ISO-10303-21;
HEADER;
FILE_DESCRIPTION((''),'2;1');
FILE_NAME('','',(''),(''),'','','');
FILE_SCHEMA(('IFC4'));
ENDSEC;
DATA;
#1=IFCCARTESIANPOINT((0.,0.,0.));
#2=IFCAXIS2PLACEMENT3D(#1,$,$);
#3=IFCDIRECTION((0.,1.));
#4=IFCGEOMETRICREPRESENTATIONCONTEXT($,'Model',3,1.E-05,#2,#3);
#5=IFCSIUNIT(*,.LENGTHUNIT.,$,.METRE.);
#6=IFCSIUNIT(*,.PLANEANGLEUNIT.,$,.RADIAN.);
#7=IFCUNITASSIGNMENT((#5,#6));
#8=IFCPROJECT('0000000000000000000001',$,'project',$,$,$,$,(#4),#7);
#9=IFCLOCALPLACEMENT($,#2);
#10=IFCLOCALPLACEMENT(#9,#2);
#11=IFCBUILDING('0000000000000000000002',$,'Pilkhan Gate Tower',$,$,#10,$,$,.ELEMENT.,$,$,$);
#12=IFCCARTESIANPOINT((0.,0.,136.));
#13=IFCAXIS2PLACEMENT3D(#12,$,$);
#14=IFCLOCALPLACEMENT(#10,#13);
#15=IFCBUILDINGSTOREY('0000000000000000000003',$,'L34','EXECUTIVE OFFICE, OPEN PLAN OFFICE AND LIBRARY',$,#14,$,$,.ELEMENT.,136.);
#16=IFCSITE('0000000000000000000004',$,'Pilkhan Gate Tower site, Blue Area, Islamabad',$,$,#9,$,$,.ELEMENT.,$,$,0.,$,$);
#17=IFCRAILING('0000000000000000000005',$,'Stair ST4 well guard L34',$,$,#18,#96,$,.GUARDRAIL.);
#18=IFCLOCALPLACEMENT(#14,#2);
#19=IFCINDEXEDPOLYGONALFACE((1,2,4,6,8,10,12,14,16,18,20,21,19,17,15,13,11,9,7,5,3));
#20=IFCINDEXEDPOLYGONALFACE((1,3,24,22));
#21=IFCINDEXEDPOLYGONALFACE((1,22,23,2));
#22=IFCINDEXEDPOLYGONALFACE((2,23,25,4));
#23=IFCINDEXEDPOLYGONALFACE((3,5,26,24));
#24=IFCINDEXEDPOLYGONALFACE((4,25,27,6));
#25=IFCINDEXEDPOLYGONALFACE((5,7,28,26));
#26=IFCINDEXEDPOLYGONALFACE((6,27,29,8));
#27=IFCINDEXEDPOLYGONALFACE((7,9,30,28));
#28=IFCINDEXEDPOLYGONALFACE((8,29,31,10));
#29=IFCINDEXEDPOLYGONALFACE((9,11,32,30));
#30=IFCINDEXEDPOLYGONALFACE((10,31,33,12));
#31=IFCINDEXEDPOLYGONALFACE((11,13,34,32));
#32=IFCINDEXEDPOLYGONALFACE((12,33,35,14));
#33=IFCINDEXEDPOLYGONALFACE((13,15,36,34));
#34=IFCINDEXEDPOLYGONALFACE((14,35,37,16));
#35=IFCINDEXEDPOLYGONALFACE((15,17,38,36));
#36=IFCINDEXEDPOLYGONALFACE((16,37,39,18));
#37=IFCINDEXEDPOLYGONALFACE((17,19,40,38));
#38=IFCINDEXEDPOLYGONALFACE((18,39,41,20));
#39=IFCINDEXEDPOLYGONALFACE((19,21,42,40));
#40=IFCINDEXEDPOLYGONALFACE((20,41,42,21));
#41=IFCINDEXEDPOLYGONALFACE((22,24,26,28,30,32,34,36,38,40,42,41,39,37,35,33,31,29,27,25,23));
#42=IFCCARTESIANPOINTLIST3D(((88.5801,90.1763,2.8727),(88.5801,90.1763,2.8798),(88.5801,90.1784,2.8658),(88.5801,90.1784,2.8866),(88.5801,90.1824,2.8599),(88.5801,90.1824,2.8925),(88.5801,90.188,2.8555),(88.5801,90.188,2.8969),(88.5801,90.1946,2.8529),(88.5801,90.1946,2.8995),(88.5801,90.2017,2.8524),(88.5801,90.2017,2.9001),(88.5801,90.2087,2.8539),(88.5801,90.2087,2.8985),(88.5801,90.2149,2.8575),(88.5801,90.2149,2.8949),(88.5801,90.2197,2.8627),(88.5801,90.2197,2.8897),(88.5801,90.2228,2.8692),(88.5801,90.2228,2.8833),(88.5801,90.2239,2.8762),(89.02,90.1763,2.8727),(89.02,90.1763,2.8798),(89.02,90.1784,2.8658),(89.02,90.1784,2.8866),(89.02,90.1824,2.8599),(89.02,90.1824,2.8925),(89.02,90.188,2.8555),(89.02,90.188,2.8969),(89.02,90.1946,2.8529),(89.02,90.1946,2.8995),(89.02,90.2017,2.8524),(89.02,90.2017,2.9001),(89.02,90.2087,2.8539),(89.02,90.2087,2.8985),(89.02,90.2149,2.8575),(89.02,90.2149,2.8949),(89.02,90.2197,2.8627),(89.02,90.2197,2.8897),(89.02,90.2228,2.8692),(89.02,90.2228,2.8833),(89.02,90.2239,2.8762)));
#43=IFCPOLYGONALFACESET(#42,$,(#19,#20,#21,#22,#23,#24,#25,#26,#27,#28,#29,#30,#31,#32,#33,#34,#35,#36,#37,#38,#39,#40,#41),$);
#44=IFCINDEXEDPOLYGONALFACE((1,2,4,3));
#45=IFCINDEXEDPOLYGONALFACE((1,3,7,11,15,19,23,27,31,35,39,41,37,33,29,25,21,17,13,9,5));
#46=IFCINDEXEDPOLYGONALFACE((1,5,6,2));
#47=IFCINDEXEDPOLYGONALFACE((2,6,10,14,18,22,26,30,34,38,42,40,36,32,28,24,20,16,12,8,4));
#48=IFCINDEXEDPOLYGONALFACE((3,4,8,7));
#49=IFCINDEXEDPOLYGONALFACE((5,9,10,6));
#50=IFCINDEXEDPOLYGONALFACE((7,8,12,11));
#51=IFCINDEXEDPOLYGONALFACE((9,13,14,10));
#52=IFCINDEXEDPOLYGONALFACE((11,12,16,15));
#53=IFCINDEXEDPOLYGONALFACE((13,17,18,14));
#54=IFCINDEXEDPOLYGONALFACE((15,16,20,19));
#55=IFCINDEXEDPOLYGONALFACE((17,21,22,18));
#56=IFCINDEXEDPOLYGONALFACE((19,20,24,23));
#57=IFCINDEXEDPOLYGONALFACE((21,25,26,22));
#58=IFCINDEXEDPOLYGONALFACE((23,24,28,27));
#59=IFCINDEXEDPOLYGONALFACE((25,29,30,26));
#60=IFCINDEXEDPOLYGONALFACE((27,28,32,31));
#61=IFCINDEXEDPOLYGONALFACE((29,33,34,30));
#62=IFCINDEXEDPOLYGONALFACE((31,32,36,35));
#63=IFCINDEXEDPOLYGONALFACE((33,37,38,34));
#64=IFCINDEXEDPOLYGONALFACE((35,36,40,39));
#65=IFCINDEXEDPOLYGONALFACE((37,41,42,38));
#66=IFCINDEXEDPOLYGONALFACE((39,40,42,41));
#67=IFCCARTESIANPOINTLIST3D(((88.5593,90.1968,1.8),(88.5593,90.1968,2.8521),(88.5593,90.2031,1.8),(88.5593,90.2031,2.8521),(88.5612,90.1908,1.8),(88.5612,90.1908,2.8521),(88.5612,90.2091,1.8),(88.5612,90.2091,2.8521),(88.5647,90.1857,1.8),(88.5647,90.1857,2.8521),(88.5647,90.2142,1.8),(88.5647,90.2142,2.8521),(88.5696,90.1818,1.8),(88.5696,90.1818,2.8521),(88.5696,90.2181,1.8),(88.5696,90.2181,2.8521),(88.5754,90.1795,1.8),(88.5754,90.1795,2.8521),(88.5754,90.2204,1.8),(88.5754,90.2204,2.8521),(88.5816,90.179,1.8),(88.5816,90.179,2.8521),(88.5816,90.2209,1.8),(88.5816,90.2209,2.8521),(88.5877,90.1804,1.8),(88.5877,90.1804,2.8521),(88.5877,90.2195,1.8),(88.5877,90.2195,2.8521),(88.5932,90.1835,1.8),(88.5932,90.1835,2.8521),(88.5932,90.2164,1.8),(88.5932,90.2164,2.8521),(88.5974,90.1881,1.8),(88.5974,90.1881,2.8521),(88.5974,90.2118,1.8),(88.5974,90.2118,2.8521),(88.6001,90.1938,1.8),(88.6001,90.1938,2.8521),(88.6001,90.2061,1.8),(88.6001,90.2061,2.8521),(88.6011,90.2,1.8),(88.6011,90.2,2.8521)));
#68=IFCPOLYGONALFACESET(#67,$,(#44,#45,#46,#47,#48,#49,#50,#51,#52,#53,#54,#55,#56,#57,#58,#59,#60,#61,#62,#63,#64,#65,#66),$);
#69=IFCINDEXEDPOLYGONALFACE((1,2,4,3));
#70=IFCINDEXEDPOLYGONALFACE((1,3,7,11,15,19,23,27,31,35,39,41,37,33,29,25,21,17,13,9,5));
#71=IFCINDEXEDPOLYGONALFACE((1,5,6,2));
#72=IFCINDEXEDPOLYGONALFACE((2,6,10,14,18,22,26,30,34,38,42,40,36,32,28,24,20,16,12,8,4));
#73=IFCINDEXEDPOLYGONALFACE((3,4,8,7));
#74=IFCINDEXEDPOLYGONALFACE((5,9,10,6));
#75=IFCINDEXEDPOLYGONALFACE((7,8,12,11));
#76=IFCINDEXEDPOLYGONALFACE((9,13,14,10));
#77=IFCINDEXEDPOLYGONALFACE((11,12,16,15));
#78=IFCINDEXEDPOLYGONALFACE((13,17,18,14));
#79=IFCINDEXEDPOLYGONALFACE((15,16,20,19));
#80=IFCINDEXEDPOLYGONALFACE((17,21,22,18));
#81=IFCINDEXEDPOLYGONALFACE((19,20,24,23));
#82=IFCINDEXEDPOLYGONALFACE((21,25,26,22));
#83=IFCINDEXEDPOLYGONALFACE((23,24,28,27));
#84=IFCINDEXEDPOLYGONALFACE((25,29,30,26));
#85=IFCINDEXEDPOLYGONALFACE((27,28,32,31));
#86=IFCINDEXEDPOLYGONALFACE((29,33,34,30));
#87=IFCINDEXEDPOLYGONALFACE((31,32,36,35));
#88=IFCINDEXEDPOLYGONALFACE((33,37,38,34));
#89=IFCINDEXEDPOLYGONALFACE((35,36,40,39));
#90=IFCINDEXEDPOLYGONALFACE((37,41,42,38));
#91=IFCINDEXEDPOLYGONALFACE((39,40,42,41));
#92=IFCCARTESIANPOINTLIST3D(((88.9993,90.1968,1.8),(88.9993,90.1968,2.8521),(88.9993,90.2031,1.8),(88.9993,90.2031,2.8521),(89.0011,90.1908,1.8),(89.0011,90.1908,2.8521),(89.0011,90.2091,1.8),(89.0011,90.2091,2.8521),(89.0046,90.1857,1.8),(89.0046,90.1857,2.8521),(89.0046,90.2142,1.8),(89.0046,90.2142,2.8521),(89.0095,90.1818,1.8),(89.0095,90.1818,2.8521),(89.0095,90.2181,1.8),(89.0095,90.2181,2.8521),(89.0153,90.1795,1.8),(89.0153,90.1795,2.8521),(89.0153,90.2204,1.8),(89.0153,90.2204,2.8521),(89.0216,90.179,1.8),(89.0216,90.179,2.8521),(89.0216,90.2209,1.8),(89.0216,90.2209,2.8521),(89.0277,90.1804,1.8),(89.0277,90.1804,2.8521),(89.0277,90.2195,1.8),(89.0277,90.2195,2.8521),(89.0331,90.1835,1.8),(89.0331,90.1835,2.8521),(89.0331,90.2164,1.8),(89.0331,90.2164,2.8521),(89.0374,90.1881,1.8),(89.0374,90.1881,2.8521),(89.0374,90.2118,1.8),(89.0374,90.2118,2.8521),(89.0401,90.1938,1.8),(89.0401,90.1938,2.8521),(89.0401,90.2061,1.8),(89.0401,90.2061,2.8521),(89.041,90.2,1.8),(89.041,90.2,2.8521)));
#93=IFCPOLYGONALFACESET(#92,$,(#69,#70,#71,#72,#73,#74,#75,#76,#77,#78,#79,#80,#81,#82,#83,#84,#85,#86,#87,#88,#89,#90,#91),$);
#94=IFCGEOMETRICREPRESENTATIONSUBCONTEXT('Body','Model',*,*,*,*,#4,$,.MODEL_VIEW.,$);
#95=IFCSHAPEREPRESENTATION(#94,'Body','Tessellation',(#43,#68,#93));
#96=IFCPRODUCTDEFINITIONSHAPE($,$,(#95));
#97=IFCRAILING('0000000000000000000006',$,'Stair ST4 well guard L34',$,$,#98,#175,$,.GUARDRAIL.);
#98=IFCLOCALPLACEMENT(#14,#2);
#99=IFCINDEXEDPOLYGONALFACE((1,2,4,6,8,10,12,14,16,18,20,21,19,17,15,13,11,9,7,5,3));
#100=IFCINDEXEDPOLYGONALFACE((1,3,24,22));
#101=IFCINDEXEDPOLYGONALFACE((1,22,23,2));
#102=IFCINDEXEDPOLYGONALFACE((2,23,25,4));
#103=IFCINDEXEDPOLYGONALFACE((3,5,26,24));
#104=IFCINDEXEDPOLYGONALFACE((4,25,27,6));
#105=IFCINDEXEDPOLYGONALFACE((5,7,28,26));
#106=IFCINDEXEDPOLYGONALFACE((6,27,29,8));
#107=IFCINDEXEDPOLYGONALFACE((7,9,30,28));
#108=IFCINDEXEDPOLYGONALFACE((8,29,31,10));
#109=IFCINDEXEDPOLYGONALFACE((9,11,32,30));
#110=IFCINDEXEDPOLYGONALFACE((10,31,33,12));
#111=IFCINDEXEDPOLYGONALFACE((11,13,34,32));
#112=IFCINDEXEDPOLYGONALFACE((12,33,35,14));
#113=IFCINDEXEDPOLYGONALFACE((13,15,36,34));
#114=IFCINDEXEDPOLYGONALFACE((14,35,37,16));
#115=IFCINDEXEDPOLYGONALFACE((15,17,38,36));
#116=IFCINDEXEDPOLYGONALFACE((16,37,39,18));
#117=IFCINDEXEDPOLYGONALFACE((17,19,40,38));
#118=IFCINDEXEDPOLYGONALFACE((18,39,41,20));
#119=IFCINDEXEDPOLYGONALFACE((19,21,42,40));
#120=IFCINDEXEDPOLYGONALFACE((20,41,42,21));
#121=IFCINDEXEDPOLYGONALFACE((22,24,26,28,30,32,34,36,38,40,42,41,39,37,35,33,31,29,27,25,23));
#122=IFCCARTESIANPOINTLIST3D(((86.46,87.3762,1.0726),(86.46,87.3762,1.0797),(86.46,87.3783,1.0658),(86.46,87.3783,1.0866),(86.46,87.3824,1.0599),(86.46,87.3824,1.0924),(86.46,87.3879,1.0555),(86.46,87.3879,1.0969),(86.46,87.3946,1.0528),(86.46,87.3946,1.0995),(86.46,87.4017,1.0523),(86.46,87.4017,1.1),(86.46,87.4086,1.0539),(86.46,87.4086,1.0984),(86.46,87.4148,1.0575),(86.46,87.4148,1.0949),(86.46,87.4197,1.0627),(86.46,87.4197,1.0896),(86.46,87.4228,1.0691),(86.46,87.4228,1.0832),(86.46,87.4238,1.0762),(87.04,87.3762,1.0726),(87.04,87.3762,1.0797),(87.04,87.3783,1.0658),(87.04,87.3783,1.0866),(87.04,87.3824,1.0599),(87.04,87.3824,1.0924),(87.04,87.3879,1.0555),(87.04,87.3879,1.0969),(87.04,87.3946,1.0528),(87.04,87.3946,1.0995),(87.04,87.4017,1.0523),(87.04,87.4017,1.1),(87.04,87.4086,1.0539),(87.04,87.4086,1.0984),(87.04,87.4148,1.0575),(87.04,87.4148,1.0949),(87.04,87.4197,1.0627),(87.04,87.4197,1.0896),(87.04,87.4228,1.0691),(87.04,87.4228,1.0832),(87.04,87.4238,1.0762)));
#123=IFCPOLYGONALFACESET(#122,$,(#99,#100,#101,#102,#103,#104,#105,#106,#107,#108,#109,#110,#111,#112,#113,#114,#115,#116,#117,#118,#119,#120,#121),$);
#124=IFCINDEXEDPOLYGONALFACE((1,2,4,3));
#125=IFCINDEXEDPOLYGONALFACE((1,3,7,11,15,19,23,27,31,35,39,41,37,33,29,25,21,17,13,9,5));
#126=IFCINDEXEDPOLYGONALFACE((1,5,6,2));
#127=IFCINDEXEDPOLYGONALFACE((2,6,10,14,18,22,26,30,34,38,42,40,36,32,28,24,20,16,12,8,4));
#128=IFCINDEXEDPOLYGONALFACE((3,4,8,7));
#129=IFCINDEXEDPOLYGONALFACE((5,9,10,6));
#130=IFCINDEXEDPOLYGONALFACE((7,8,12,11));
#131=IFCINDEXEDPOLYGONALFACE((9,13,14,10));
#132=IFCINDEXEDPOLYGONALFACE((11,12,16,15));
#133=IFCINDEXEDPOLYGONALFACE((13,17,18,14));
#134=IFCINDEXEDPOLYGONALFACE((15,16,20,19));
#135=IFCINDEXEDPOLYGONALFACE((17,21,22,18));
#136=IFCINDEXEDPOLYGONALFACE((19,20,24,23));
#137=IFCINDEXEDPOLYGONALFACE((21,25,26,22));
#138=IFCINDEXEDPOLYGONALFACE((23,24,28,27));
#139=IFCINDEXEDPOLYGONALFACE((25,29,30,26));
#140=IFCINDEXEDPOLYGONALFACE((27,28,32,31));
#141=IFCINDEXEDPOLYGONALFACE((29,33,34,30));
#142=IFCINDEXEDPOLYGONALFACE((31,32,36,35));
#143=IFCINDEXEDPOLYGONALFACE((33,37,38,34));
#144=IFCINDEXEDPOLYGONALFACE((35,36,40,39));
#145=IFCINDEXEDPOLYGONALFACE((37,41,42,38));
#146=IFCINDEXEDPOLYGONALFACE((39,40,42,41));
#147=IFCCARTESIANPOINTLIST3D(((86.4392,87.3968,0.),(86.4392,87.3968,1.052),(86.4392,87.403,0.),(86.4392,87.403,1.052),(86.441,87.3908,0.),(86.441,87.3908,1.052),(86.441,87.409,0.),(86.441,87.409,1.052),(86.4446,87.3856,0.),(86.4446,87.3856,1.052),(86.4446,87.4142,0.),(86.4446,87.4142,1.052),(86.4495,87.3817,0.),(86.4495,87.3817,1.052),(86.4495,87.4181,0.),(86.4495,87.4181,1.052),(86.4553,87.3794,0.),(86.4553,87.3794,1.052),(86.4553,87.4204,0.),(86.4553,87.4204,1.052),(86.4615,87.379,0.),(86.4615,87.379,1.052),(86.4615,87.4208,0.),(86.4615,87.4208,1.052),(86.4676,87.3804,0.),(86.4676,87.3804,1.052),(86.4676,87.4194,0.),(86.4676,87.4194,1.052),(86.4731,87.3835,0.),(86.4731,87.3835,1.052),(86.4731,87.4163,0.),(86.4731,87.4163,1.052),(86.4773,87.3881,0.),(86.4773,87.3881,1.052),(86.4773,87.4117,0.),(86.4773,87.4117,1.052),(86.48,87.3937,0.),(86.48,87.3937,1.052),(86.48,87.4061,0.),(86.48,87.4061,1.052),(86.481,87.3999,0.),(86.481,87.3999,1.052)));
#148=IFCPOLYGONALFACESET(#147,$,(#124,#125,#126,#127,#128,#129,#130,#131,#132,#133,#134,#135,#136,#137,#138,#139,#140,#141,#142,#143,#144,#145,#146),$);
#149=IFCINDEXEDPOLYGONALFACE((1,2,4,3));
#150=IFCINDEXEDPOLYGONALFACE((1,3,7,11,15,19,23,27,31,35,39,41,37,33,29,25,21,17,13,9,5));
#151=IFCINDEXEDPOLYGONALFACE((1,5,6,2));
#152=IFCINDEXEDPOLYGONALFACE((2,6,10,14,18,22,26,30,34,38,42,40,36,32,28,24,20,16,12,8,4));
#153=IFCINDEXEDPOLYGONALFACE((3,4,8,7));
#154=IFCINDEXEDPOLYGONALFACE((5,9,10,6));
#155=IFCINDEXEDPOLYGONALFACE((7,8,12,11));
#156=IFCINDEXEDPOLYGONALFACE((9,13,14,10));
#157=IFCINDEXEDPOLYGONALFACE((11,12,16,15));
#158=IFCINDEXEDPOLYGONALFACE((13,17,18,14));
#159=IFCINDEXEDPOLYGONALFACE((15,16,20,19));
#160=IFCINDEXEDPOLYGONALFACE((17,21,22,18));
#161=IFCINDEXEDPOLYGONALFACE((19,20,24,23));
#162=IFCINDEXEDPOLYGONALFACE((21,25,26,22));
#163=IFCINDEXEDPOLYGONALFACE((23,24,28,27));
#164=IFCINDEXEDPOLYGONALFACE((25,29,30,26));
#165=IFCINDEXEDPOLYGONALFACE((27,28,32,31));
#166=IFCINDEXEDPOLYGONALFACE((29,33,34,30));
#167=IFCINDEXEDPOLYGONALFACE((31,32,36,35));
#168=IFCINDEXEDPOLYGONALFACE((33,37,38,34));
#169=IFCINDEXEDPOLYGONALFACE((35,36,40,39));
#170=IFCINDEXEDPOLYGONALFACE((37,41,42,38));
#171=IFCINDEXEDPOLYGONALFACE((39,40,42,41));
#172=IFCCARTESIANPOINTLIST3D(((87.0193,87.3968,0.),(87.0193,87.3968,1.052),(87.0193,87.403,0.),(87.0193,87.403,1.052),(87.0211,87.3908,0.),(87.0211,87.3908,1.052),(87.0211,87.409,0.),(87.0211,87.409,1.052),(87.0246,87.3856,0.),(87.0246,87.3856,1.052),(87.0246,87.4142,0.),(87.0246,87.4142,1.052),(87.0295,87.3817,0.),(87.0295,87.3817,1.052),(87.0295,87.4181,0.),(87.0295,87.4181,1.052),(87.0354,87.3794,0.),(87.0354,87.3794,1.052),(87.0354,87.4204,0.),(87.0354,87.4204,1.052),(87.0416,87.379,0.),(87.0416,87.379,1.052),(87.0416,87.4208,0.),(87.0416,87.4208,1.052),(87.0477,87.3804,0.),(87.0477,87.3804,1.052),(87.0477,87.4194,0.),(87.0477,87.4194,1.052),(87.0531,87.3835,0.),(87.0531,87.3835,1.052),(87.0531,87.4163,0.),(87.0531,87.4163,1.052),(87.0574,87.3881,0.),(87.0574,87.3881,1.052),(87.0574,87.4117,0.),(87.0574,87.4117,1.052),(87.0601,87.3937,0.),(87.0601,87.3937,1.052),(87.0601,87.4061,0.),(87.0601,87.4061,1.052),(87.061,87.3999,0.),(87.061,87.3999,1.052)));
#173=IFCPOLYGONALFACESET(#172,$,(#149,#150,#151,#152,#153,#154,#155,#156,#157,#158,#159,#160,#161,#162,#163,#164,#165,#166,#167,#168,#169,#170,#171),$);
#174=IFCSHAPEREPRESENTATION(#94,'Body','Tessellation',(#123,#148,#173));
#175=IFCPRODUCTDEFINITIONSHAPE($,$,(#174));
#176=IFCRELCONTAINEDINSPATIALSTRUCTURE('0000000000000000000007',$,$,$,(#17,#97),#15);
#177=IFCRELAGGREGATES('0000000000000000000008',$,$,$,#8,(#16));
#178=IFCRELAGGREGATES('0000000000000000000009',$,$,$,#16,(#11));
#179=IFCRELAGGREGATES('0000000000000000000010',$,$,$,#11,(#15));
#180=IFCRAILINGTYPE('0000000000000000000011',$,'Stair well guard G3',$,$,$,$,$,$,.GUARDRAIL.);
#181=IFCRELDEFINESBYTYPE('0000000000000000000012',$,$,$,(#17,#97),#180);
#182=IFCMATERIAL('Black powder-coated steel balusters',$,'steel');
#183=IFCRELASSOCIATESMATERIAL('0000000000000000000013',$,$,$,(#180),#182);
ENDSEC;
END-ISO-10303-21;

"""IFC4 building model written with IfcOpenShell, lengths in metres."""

from ifc_helpers import new_model, si_unit, direction, frame, origin, origin_2d, place, context, subcontext, project, spatial, circle, extrude, material, type_object, element, save


model = new_model("IFC4")

# Units and contexts
model_context = context("Model", 3, precision=1e-05, world=origin(), true_north=direction((0.0, 1.0)))
body_context = subcontext(model_context, "Body", "Model", "MODEL_VIEW")
ifc_project = project(units=[si_unit("LENGTHUNIT", "METRE"), si_unit("PLANEANGLEUNIT", "RADIAN")], contexts=[model_context])

# Site, building, storey
site_placement = place(None, origin())
site = spatial("IfcSite", under=ifc_project, at=site_placement, Name="Pilkhan Gate Tower site, Blue Area, Islamabad", CompositionType="ELEMENT", RefElevation=0.0)
building_placement = place(site_placement, origin())
building = spatial("IfcBuilding", under=site, at=building_placement, Name="Pilkhan Gate Tower", CompositionType="ELEMENT")
storey_placement = place(building_placement, frame((0.0, 0.0, 136.0)))
storey = spatial("IfcBuildingStorey", under=building, at=storey_placement, Name="L34", Description="EXECUTIVE OFFICE, OPEN PLAN OFFICE AND LIBRARY", CompositionType="ELEMENT", Elevation=136.0)

# Railings
ifc_material_1 = material(Name="Black powder-coated steel balusters", Category="steel")
railing_type_1 = type_object("IfcRailingType", Name="Stair well guard G3", PredefinedType="GUARDRAIL", material=ifc_material_1)
railing_1_placement = place(storey_placement, frame((88.5801, 90.2, 1.8)))
element("IfcRailing", 1, at=railing_1_placement, inside=storey, type_object=railing_type_1, Name="Stair ST4 well guard L34", PredefinedType="GUARDRAIL", context=body_context, shape_type="SweptSolid", body=[
    extrude(circle(Radius=0.0239, at=origin_2d()), frame((0.0, 0.0, 1.0762), z_axis=(1.0, 0.0, 0.0), x_axis=(0.0, 1.0, 0.0)), (0.0, 0.0, 1.0), 0.4399),
    extrude(circle(Radius=0.021, at=origin_2d()), origin(), (0.0, 0.0, 1.0), 1.052),
    extrude(circle(Radius=0.021, at=origin_2d()), frame((0.4399, 0.0, 0.0)), (0.0, 0.0, 1.0), 1.052),
])
for number, where, name in (
    (2, (86.46, 87.3999, 0.0), "Stair ST4 well guard L34"),
):
    element("IfcRailing", number, at=place(storey_placement, frame(where)), inside=storey, type_object=railing_type_1, Name=name, PredefinedType="GUARDRAIL", context=body_context, shape_type="SweptSolid", body=[
        extrude(circle(Radius=0.0239, at=origin_2d()), frame((0.0, 0.0, 1.0762), z_axis=(1.0, 0.0, 0.0), x_axis=(0.0, 1.0, 0.0)), (0.0, 0.0, 1.0), 0.5801),
        extrude(circle(Radius=0.021, at=origin_2d()), origin(), (0.0, 0.0, 1.0), 1.052),
        extrude(circle(Radius=0.021, at=origin_2d()), frame((0.5801, 0.0, 0.0)), (0.0, 0.0, 1.0), 1.052),
    ])

save(model, "model.ifc")
